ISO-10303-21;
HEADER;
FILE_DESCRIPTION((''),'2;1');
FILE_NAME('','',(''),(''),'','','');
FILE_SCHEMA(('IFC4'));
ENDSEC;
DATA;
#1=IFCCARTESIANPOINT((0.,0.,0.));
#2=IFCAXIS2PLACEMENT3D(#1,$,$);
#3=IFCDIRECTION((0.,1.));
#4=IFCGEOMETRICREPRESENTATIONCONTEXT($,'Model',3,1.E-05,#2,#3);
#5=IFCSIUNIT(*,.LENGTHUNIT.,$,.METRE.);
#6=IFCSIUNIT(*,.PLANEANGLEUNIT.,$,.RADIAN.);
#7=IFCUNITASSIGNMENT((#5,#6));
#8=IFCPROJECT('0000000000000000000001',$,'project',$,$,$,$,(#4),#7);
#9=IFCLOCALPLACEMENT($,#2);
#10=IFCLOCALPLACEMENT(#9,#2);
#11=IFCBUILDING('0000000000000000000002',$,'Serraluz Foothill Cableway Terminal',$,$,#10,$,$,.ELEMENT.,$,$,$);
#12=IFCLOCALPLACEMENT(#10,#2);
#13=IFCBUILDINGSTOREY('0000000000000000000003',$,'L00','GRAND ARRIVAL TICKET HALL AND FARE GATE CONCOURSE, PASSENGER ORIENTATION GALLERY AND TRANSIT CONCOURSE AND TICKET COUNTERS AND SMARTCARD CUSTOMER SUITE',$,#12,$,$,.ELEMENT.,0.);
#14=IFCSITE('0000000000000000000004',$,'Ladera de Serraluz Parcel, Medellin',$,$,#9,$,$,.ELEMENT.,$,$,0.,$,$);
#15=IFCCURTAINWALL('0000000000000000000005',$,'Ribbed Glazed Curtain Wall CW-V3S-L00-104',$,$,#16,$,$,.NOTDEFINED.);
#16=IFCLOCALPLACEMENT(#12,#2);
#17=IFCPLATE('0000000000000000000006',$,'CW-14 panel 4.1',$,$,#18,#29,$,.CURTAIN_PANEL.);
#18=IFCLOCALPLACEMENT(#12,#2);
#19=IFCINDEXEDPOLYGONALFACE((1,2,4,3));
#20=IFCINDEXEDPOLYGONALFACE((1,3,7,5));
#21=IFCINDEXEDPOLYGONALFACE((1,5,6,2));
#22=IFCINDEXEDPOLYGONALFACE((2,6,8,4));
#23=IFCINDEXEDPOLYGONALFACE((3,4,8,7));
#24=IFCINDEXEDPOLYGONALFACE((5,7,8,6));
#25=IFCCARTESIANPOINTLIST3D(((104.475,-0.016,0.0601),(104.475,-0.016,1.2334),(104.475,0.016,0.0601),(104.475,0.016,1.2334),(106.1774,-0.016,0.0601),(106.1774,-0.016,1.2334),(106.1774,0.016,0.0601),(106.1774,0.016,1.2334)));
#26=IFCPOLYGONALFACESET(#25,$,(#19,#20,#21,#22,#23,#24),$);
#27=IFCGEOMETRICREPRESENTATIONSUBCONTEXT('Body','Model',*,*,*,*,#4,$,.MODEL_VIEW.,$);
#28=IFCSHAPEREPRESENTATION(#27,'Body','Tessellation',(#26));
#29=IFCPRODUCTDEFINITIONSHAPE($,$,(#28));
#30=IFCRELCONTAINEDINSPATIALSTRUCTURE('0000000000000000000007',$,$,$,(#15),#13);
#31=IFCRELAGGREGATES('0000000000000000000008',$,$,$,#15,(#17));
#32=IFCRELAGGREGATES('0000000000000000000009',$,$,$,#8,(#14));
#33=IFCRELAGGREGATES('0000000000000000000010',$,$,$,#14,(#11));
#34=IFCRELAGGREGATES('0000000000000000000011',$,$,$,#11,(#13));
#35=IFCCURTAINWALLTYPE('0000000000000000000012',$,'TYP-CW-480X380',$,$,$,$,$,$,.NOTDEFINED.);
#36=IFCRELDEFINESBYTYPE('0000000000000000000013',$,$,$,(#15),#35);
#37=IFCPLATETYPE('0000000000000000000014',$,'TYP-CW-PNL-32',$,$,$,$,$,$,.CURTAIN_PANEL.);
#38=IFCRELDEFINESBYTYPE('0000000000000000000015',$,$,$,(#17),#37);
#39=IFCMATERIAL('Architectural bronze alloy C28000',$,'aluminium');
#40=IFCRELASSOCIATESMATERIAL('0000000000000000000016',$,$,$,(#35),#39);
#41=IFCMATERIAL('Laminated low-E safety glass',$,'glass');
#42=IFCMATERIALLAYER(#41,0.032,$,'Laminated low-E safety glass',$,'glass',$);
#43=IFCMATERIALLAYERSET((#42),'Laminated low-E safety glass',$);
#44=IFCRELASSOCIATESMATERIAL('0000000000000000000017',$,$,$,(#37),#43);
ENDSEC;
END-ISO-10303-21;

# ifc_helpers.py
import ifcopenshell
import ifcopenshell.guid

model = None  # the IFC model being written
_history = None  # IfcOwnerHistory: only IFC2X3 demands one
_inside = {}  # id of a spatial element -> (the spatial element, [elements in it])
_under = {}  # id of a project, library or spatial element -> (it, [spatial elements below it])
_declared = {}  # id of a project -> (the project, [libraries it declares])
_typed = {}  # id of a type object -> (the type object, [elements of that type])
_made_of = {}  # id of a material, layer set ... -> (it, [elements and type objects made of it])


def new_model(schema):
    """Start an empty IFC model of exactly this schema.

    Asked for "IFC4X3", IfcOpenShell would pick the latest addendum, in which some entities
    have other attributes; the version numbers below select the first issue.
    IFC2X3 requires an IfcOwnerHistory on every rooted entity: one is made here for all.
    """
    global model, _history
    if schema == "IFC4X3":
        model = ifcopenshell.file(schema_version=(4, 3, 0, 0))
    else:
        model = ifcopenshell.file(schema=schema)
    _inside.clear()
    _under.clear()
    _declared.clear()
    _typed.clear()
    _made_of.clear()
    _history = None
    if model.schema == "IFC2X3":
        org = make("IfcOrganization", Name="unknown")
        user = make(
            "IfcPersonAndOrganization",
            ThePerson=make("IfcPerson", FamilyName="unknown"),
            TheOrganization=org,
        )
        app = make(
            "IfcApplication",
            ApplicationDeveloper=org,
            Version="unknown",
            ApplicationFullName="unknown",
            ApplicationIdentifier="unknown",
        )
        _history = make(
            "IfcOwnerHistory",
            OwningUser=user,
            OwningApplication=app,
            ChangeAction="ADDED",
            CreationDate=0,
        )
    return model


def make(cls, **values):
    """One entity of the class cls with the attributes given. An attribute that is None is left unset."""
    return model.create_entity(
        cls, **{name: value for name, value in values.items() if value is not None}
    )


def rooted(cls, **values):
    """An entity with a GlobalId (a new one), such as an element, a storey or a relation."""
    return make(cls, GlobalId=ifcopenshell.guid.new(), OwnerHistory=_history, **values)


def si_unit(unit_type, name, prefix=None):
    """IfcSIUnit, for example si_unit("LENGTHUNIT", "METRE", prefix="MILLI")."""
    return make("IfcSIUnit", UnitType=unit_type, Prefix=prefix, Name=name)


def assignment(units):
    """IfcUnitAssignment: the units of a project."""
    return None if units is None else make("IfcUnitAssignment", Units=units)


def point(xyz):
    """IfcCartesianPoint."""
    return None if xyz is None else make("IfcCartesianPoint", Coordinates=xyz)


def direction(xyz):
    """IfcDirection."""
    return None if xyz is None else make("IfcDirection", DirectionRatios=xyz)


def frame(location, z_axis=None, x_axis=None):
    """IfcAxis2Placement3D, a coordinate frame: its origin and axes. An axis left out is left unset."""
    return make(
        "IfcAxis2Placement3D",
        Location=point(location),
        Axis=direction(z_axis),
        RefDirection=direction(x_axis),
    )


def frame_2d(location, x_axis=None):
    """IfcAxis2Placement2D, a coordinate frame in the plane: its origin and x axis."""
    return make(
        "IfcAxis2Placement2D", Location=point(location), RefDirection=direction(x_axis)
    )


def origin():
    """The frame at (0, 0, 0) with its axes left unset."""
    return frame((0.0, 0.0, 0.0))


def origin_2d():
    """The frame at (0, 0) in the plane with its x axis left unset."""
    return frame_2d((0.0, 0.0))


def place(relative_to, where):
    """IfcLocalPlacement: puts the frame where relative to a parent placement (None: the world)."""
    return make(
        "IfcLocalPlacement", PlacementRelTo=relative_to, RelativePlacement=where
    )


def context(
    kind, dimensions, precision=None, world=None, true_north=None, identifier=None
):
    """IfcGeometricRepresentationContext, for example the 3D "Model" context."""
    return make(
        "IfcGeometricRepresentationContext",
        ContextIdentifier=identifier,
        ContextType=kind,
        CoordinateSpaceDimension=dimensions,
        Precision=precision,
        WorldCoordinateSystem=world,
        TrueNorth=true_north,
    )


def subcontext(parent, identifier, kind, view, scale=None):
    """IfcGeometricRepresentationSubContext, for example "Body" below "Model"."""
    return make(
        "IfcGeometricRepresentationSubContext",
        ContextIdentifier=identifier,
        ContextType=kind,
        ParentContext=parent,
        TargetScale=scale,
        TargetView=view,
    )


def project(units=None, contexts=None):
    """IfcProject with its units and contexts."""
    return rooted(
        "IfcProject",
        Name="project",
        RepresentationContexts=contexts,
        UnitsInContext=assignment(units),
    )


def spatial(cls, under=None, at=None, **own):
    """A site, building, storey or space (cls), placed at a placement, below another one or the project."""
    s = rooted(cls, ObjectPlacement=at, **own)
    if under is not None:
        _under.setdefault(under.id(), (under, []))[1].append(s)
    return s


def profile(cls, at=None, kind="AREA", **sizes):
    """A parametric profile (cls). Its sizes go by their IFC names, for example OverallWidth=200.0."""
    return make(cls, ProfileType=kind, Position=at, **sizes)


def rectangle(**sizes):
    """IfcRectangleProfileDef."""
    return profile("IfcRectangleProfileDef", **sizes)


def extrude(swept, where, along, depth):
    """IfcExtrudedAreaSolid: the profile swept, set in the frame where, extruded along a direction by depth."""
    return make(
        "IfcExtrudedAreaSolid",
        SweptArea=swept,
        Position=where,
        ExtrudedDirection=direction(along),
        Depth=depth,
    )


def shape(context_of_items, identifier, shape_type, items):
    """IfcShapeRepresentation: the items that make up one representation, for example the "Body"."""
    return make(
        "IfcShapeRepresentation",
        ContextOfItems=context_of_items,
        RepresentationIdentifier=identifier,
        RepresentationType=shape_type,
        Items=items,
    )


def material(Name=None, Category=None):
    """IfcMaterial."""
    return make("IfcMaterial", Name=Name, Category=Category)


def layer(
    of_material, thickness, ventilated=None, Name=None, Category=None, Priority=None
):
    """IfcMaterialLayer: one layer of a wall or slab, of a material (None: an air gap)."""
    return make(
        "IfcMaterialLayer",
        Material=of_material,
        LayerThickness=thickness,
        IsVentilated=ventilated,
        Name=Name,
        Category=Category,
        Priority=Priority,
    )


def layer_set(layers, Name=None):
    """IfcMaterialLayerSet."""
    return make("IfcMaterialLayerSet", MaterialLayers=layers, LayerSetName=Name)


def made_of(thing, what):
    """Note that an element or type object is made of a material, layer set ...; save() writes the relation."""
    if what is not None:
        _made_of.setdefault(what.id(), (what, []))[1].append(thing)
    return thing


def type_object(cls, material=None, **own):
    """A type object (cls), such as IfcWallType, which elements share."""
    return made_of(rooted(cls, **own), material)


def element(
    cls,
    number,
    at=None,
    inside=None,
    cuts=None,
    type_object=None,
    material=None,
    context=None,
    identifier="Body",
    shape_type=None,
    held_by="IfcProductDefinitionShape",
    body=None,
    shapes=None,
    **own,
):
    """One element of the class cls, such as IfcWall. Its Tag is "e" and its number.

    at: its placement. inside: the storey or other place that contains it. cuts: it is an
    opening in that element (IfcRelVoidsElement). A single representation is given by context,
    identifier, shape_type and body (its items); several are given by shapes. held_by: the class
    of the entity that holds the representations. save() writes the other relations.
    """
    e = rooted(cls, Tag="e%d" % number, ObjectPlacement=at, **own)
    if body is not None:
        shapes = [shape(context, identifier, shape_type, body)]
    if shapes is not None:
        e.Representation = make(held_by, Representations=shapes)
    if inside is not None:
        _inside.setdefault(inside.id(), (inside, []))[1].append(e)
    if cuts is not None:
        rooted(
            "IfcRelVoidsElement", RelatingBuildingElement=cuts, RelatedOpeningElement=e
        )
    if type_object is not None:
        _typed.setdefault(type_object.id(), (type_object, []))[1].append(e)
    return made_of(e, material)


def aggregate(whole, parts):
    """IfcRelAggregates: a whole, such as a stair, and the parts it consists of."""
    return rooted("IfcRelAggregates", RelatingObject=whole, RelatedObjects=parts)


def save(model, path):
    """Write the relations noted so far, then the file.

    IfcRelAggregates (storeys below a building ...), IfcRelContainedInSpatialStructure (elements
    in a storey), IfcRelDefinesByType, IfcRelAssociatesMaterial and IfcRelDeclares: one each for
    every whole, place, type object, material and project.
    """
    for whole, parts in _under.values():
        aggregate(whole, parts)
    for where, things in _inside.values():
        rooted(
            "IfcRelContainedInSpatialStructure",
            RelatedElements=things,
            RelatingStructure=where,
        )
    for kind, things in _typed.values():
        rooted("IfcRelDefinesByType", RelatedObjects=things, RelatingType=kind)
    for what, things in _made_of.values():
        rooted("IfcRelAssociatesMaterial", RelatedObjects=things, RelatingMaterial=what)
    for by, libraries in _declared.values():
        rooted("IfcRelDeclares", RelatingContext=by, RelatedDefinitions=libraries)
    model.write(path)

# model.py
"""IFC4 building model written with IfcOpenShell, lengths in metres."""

from ifc_helpers import new_model, si_unit, direction, frame, origin, origin_2d, place, context, subcontext, project, spatial, rectangle, extrude, material, layer, layer_set, type_object, element, aggregate, save


model = new_model("IFC4")

# Units and contexts
model_context = context("Model", 3, precision=1e-05, world=origin(), true_north=direction((0.0, 1.0)))
body_context = subcontext(model_context, "Body", "Model", "MODEL_VIEW")
ifc_project = project(units=[si_unit("LENGTHUNIT", "METRE"), si_unit("PLANEANGLEUNIT", "RADIAN")], contexts=[model_context])

# Site, building, storey
site_placement = place(None, origin())
site = spatial("IfcSite", under=ifc_project, at=site_placement, Name="Ladera de Serraluz Parcel, Medellin", CompositionType="ELEMENT", RefElevation=0.0)
building_placement = place(site_placement, origin())
building = spatial("IfcBuilding", under=site, at=building_placement, Name="Serraluz Foothill Cableway Terminal", CompositionType="ELEMENT")
storey_placement = place(building_placement, origin())
storey = spatial("IfcBuildingStorey", under=building, at=storey_placement, Name="L00", Description="GRAND ARRIVAL TICKET HALL AND FARE GATE CONCOURSE, PASSENGER ORIENTATION GALLERY AND TRANSIT CONCOURSE AND TICKET COUNTERS AND SMARTCARD CUSTOMER SUITE", CompositionType="ELEMENT", Elevation=0.0)

# Shared definitions
ifc_material_1 = material(Name="Architectural bronze alloy C28000", Category="aluminium")

# Curtain wall
curtain_wall_type_1 = type_object("IfcCurtainWallType", Name="TYP-CW-480X380", PredefinedType="NOTDEFINED", material=ifc_material_1)
curtain_wall_1_placement = place(storey_placement, origin())
curtain_wall_1 = element("IfcCurtainWall", 1, at=curtain_wall_1_placement, inside=storey, type_object=curtain_wall_type_1, Name="Ribbed Glazed Curtain Wall CW-V3S-L00-104", PredefinedType="NOTDEFINED")

# Plate
ifc_material_2 = material(Name="Laminated low-E safety glass", Category="glass")
ifc_layer = layer(ifc_material_2, 0.032, Name="Laminated low-E safety glass", Category="glass")
ifc_layer_set = layer_set([ifc_layer], Name="Laminated low-E safety glass")
plate_type = type_object("IfcPlateType", Name="TYP-CW-PNL-32", PredefinedType="CURTAIN_PANEL", material=ifc_layer_set)
plate_1_placement = place(storey_placement, frame((105.3262, 0.0, 0.0601), z_axis=(0.0, 0.0, 1.0), x_axis=(-1.0, 0.0, 0.0)))
plate_1 = element("IfcPlate", 2, at=plate_1_placement, type_object=plate_type, Name="CW-14 panel 4.1", PredefinedType="CURTAIN_PANEL", context=body_context, shape_type="SweptSolid", body=[
    extrude(rectangle(XDim=1.7024, YDim=0.032, at=origin_2d()), origin(), (0.0, 0.0, 1.0), 1.1733),
])
aggregate(curtain_wall_1, [plate_1])

save(model, "model.ifc")
